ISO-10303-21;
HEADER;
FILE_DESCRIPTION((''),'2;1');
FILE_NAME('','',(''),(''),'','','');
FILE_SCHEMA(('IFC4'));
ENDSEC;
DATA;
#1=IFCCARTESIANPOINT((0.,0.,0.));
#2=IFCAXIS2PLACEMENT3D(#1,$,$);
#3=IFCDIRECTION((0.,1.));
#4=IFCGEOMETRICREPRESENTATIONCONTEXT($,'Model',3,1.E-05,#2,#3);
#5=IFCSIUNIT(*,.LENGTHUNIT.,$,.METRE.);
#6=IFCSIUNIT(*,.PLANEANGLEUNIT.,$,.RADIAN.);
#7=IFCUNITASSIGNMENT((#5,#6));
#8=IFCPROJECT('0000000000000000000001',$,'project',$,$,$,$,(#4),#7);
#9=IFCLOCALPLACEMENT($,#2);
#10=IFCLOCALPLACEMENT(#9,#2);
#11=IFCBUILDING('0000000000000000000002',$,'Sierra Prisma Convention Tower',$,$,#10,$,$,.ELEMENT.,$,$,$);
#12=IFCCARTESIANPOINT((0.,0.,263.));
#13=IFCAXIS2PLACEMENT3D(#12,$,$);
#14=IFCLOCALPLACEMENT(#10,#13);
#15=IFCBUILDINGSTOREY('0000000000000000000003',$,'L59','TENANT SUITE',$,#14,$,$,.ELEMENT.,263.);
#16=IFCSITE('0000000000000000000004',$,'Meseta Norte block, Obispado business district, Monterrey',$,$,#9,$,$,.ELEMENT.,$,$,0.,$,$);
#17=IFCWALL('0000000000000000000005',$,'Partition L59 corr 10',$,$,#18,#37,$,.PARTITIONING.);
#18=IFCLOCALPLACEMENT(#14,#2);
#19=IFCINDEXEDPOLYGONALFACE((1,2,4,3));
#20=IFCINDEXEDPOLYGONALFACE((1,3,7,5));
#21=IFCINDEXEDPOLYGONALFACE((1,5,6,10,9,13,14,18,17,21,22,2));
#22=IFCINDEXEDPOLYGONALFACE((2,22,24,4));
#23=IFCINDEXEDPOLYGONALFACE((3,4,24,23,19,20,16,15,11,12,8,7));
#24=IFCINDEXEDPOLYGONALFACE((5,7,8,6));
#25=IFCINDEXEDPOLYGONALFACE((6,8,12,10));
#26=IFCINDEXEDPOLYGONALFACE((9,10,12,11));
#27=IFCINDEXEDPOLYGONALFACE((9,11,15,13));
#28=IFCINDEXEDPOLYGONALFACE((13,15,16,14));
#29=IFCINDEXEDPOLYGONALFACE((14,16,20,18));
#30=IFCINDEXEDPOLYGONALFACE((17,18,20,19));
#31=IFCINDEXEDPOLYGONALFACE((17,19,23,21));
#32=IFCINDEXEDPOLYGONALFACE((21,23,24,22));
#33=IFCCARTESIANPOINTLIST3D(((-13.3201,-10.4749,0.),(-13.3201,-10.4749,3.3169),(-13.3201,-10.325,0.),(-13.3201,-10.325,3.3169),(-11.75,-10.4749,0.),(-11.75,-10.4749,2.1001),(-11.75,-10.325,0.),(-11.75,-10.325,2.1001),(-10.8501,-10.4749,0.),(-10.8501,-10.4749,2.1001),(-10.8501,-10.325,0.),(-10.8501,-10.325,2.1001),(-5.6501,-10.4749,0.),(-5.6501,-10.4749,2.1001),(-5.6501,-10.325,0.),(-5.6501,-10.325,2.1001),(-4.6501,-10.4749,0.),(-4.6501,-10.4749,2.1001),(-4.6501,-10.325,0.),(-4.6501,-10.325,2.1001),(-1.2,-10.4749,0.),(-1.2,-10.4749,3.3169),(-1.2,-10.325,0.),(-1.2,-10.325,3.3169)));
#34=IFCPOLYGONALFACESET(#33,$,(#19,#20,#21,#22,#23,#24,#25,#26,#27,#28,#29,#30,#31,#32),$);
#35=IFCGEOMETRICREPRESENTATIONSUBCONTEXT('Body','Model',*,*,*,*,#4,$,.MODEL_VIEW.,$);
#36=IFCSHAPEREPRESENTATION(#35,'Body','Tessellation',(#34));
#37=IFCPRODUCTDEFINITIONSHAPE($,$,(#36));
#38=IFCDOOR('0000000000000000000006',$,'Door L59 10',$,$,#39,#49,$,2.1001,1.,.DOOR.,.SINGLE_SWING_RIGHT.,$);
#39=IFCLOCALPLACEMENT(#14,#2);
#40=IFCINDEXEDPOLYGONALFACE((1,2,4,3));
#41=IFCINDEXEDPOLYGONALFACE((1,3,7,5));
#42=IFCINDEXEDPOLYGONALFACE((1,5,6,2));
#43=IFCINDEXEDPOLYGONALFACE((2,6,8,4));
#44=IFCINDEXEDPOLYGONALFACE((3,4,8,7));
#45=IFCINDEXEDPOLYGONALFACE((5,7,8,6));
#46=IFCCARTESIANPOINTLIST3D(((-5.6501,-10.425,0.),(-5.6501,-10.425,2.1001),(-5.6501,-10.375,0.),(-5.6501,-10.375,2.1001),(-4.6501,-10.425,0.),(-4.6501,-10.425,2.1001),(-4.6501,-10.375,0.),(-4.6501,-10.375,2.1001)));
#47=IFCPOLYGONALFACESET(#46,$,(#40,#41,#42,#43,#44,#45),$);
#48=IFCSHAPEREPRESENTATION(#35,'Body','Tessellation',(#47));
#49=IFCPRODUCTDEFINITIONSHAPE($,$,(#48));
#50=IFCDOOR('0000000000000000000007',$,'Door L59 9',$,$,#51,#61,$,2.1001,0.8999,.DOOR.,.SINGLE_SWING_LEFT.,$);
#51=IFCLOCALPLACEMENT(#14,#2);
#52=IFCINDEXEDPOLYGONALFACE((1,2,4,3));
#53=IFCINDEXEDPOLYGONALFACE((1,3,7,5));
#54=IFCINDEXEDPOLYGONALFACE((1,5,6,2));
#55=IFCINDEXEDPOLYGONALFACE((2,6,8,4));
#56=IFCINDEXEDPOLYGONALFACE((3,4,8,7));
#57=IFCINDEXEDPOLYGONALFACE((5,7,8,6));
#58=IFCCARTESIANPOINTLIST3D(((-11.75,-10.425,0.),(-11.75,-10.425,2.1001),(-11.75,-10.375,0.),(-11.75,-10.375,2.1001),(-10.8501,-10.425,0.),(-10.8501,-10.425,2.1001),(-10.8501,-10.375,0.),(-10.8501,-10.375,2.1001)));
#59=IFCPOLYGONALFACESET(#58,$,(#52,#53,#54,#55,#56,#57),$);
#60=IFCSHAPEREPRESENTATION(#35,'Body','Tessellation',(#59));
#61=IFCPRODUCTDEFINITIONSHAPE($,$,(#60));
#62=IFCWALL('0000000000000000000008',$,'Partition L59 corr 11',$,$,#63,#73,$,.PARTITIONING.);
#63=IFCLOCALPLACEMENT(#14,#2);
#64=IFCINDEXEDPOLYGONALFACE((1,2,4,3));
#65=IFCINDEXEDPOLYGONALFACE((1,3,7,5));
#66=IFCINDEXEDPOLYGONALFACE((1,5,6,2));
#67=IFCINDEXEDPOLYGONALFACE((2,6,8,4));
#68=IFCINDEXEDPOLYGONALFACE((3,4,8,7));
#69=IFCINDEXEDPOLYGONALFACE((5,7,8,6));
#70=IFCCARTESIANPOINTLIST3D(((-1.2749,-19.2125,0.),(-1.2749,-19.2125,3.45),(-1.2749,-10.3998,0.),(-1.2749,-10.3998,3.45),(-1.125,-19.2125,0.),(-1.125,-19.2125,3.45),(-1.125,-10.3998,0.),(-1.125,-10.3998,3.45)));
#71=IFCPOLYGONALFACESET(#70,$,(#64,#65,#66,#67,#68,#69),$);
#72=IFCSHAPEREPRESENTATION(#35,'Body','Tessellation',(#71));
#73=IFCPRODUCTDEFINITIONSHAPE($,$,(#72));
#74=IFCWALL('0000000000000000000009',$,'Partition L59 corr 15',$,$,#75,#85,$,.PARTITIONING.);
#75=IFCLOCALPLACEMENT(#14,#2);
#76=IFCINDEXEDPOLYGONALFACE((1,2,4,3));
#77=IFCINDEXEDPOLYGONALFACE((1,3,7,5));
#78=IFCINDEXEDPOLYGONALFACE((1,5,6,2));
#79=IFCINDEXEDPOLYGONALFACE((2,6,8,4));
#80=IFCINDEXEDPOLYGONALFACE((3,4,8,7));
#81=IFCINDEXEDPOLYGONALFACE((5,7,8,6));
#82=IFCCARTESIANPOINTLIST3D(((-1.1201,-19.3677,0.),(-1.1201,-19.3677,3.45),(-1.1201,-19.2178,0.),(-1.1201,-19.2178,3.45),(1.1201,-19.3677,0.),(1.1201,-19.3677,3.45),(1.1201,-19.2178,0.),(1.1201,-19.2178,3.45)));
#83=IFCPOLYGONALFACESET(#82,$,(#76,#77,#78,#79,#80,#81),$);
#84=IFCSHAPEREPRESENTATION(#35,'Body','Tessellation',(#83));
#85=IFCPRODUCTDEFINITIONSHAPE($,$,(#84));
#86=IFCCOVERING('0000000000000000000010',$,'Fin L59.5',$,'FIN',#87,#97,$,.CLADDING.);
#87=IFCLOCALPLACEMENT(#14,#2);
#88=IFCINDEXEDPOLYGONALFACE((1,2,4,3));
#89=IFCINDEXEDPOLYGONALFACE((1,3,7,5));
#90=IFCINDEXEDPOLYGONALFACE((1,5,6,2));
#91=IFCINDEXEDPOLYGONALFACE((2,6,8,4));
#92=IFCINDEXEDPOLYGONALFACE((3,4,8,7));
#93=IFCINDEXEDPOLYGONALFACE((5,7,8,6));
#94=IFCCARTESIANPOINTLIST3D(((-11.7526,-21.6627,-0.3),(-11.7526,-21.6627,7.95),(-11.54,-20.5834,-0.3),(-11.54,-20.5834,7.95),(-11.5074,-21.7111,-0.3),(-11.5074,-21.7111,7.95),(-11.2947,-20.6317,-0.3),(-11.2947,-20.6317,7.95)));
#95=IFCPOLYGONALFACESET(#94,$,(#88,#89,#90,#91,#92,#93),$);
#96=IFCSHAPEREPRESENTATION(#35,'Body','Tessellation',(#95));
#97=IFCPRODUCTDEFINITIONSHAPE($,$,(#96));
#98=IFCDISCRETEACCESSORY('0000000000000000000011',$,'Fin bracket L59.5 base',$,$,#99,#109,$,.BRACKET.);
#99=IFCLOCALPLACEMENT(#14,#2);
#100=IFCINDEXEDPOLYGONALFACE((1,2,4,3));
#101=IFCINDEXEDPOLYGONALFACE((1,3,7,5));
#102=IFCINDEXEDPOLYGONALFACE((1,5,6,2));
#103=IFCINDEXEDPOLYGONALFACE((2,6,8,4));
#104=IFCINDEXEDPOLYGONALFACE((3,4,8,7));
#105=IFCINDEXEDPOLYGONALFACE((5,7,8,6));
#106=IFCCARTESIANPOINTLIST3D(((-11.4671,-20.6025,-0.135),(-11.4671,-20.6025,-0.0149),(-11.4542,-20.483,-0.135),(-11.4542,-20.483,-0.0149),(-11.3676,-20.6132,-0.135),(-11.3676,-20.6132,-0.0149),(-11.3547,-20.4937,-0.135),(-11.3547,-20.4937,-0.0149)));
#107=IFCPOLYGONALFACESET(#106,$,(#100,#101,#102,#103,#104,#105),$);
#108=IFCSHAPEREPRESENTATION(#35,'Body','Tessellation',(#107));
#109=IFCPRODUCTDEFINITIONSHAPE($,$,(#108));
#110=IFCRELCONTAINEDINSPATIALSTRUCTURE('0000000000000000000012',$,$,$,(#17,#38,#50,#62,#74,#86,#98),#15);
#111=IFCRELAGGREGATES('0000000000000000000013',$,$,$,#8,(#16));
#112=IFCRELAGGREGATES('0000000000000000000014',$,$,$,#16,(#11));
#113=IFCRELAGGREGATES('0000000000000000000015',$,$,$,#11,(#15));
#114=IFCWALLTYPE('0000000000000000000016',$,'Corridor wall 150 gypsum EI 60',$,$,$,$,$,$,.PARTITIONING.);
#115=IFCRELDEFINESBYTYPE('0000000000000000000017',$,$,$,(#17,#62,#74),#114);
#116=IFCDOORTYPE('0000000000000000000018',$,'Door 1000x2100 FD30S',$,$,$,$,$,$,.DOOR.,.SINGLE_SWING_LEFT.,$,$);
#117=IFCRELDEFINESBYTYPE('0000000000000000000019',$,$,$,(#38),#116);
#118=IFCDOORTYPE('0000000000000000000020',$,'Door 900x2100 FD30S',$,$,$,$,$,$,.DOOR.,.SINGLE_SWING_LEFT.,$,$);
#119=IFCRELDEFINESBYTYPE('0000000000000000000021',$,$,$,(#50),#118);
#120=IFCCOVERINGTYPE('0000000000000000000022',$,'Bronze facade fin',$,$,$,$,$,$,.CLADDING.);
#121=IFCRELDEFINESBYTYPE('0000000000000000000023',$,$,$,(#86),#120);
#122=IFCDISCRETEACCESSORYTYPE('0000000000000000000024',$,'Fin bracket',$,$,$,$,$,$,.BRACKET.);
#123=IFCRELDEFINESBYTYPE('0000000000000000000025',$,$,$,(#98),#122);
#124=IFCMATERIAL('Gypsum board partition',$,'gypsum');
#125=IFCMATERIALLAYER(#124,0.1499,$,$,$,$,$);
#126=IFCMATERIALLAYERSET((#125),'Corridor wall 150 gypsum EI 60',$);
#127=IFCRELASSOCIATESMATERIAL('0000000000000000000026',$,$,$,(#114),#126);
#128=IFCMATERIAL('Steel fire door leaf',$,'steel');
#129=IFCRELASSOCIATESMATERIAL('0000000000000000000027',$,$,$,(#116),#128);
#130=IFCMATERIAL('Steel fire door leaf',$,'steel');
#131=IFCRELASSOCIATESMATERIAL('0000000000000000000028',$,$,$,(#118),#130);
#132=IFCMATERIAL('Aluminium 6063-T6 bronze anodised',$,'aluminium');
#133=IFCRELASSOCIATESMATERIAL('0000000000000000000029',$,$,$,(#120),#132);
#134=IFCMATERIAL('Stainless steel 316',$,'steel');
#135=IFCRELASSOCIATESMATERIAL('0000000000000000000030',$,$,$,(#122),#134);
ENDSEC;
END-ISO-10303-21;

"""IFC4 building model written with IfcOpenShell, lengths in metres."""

from ifc_helpers import new_model, si_unit, direction, frame, frame_2d, origin, origin_2d, place, context, subcontext, project, spatial, rectangle, extrude, material, layer, layer_set, material_profile, profile_set, type_object, element, fill, save


model = new_model("IFC4")

# Units and contexts
model_context = context("Model", 3, precision=1e-05, world=origin(), true_north=direction((0.0, 1.0)))
body_context = subcontext(model_context, "Body", "Model", "MODEL_VIEW")
ifc_project = project(units=[si_unit("LENGTHUNIT", "METRE"), si_unit("PLANEANGLEUNIT", "RADIAN")], contexts=[model_context])

# Site, building, storey
site_placement = place(None, origin())
site = spatial("IfcSite", under=ifc_project, at=site_placement, Name="Meseta Norte block, Obispado business district, Monterrey", CompositionType="ELEMENT", RefElevation=0.0)
building_placement = place(site_placement, origin())
building = spatial("IfcBuilding", under=site, at=building_placement, Name="Sierra Prisma Convention Tower", CompositionType="ELEMENT")
storey_placement = place(building_placement, frame((0.0, 0.0, 263.0)))
storey = spatial("IfcBuildingStorey", under=building, at=storey_placement, Name="L59", Description="TENANT SUITE", CompositionType="ELEMENT", Elevation=263.0)

# Shared definitions
ifc_material_1 = material(Name="Gypsum board partition", Category="gypsum")
ifc_layer_1 = layer(ifc_material_1, 0.1499)
ifc_layer_set_1 = layer_set([ifc_layer_1], Name="Corridor wall 150 gypsum EI 60")
wall_type_1 = type_object("IfcWallType", Name="Corridor wall 150 gypsum EI 60", PredefinedType="PARTITIONING", material=ifc_layer_set_1)

# Wall, openings, doors
wall_1_placement = place(storey_placement, frame((-13.3201, -10.3999, 0.0), z_axis=(0.0, 0.0, 1.0), x_axis=(1.0, 0.0, 0.0)))
wall_1 = element("IfcWall", 1, at=wall_1_placement, inside=storey, type_object=wall_type_1, Name="Partition L59 corr 10", PredefinedType="PARTITIONING", context=body_context, shape_type="SweptSolid", body=[
    extrude(rectangle(XDim=12.1201, YDim=0.1499, at=frame_2d((6.0601, 0.0))), origin(), (0.0, 0.0, 1.0), 3.3169),
])
opening_1_placement = place(wall_1_placement, frame((1.5701, 0.0, 0.0)))
opening_1 = element("IfcOpeningElement", 2, at=opening_1_placement, cuts=wall_1, PredefinedType="OPENING", context=body_context, shape_type="SweptSolid", body=[
    extrude(rectangle(XDim=0.8999, YDim=2.1001, at=frame_2d((0.45, 1.05))), frame((0.0, 0.075, 0.0), z_axis=(0.0, -1.0, 0.0), x_axis=(1.0, 0.0, 0.0)), (0.0, 0.0, 1.0), 0.1499),
])
opening_2_placement = place(wall_1_placement, frame((7.6699, 0.0, 0.0)))
opening_2 = element("IfcOpeningElement", 3, at=opening_2_placement, cuts=wall_1, PredefinedType="OPENING", context=body_context, shape_type="SweptSolid", body=[
    extrude(rectangle(XDim=1.0, YDim=2.1001, at=frame_2d((0.5, 1.05))), frame((0.0, 0.075, 0.0), z_axis=(0.0, -1.0, 0.0), x_axis=(1.0, 0.0, 0.0)), (0.0, 0.0, 1.0), 0.1499),
])
ifc_material_2 = material(Name="Steel fire door leaf", Category="steel")
door_type_1 = type_object("IfcDoorType", Name="Door 1000x2100 FD30S", OperationType="SINGLE_SWING_LEFT", PredefinedType="DOOR", material=ifc_material_2)
door_1_placement = place(opening_2_placement, origin())
door_1 = element("IfcDoor", 4, at=door_1_placement, inside=storey, type_object=door_type_1, Name="Door L59 10", OperationType="SINGLE_SWING_RIGHT", OverallHeight=2.1001, OverallWidth=1.0, PredefinedType="DOOR", context=body_context, shape_type="SweptSolid", body=[
    extrude(rectangle(XDim=1.0, YDim=2.1001, at=frame_2d((0.5, 1.05))), frame((0.0, 0.0249, 0.0), z_axis=(0.0, -1.0, 0.0), x_axis=(1.0, 0.0, 0.0)), (0.0, 0.0, 1.0), 0.05),
])
fill(opening_2, door_1)
ifc_material_3 = material(Name="Steel fire door leaf", Category="steel")
door_type_2 = type_object("IfcDoorType", Name="Door 900x2100 FD30S", OperationType="SINGLE_SWING_LEFT", PredefinedType="DOOR", material=ifc_material_3)
door_2_placement = place(opening_1_placement, origin())
door_2 = element("IfcDoor", 5, at=door_2_placement, inside=storey, type_object=door_type_2, Name="Door L59 9", OperationType="SINGLE_SWING_LEFT", OverallHeight=2.1001, OverallWidth=0.8999, PredefinedType="DOOR", context=body_context, shape_type="SweptSolid", body=[
    extrude(rectangle(XDim=0.8999, YDim=2.1001, at=frame_2d((0.45, 1.05))), frame((0.0, 0.0249, 0.0), z_axis=(0.0, -1.0, 0.0), x_axis=(1.0, 0.0, 0.0)), (0.0, 0.0, 1.0), 0.05),
])
fill(opening_1, door_2)

# Walls
wall_2_placement = place(storey_placement, frame((-1.2, -10.3999, 0.0), z_axis=(0.0, 0.0, 1.0), x_axis=(0.0, -1.0, 0.0)))
element("IfcWall", 6, at=wall_2_placement, inside=storey, type_object=wall_type_1, Name="Partition L59 corr 11", PredefinedType="PARTITIONING", context=body_context, shape_type="SweptSolid", body=[
    extrude(rectangle(XDim=8.8127, YDim=0.1499, at=frame_2d((4.4062, 0.0))), origin(), (0.0, 0.0, 1.0), 3.45),
])
wall_3_placement = place(storey_placement, frame((-1.1201, -19.2927, 0.0), z_axis=(0.0, 0.0, 1.0), x_axis=(1.0, 0.0, 0.0)))
element("IfcWall", 7, at=wall_3_placement, inside=storey, type_object=wall_type_1, Name="Partition L59 corr 15", PredefinedType="PARTITIONING", context=body_context, shape_type="SweptSolid", body=[
    extrude(rectangle(XDim=2.2402, YDim=0.1499, at=frame_2d((1.1201, 0.0))), origin(), (0.0, 0.0, 1.0), 3.45),
])

# Covering
ifc_material_4 = material(Name="Aluminium 6063-T6 bronze anodised", Category="aluminium")
ifc_material_profile_1 = material_profile(ifc_material_4, rectangle(XDim=1.1001, YDim=0.25, at=origin_2d()), Name="ALU FIN 1100x250")
ifc_profile_set_1 = profile_set([ifc_material_profile_1], Name="Aluminium 6063-T6 bronze anodised")
covering_type = type_object("IfcCoveringType", Name="Bronze facade fin", PredefinedType="CLADDING", material=ifc_profile_set_1)
covering_placement = place(storey_placement, frame((-11.5237, -21.1472, -0.3), z_axis=(0.0, 0.0, 1.0), x_axis=(-0.193289, -0.981142, 0.0)))
element("IfcCovering", 8, at=covering_placement, inside=storey, type_object=covering_type, Name="Fin L59.5", ObjectType="FIN", PredefinedType="CLADDING", context=body_context, shape_type="SweptSolid", body=[
    extrude(rectangle(XDim=1.1001, YDim=0.25, at=origin_2d()), origin(), (0.0, 0.0, 1.0), 8.25),
])

# Discrete accessory
ifc_material_5 = material(Name="Stainless steel 316", Category="steel")
discrete_accessory_type = type_object("IfcDiscreteAccessoryType", Name="Fin bracket", PredefinedType="BRACKET", material=ifc_material_5)
discrete_accessory_placement = place(storey_placement, frame((-11.4109, -20.5481, -0.135), z_axis=(0.0, 0.0, 1.0), x_axis=(-0.107042, -0.994255, 0.0)))
element("IfcDiscreteAccessory", 9, at=discrete_accessory_placement, inside=storey, type_object=discrete_accessory_type, Name="Fin bracket L59.5 base", PredefinedType="BRACKET", context=body_context, shape_type="SweptSolid", body=[
    extrude(rectangle(XDim=0.1201, YDim=0.1001, at=origin_2d()), origin(), (0.0, 0.0, 1.0), 0.1201),
])

save(model, "model.ifc")
